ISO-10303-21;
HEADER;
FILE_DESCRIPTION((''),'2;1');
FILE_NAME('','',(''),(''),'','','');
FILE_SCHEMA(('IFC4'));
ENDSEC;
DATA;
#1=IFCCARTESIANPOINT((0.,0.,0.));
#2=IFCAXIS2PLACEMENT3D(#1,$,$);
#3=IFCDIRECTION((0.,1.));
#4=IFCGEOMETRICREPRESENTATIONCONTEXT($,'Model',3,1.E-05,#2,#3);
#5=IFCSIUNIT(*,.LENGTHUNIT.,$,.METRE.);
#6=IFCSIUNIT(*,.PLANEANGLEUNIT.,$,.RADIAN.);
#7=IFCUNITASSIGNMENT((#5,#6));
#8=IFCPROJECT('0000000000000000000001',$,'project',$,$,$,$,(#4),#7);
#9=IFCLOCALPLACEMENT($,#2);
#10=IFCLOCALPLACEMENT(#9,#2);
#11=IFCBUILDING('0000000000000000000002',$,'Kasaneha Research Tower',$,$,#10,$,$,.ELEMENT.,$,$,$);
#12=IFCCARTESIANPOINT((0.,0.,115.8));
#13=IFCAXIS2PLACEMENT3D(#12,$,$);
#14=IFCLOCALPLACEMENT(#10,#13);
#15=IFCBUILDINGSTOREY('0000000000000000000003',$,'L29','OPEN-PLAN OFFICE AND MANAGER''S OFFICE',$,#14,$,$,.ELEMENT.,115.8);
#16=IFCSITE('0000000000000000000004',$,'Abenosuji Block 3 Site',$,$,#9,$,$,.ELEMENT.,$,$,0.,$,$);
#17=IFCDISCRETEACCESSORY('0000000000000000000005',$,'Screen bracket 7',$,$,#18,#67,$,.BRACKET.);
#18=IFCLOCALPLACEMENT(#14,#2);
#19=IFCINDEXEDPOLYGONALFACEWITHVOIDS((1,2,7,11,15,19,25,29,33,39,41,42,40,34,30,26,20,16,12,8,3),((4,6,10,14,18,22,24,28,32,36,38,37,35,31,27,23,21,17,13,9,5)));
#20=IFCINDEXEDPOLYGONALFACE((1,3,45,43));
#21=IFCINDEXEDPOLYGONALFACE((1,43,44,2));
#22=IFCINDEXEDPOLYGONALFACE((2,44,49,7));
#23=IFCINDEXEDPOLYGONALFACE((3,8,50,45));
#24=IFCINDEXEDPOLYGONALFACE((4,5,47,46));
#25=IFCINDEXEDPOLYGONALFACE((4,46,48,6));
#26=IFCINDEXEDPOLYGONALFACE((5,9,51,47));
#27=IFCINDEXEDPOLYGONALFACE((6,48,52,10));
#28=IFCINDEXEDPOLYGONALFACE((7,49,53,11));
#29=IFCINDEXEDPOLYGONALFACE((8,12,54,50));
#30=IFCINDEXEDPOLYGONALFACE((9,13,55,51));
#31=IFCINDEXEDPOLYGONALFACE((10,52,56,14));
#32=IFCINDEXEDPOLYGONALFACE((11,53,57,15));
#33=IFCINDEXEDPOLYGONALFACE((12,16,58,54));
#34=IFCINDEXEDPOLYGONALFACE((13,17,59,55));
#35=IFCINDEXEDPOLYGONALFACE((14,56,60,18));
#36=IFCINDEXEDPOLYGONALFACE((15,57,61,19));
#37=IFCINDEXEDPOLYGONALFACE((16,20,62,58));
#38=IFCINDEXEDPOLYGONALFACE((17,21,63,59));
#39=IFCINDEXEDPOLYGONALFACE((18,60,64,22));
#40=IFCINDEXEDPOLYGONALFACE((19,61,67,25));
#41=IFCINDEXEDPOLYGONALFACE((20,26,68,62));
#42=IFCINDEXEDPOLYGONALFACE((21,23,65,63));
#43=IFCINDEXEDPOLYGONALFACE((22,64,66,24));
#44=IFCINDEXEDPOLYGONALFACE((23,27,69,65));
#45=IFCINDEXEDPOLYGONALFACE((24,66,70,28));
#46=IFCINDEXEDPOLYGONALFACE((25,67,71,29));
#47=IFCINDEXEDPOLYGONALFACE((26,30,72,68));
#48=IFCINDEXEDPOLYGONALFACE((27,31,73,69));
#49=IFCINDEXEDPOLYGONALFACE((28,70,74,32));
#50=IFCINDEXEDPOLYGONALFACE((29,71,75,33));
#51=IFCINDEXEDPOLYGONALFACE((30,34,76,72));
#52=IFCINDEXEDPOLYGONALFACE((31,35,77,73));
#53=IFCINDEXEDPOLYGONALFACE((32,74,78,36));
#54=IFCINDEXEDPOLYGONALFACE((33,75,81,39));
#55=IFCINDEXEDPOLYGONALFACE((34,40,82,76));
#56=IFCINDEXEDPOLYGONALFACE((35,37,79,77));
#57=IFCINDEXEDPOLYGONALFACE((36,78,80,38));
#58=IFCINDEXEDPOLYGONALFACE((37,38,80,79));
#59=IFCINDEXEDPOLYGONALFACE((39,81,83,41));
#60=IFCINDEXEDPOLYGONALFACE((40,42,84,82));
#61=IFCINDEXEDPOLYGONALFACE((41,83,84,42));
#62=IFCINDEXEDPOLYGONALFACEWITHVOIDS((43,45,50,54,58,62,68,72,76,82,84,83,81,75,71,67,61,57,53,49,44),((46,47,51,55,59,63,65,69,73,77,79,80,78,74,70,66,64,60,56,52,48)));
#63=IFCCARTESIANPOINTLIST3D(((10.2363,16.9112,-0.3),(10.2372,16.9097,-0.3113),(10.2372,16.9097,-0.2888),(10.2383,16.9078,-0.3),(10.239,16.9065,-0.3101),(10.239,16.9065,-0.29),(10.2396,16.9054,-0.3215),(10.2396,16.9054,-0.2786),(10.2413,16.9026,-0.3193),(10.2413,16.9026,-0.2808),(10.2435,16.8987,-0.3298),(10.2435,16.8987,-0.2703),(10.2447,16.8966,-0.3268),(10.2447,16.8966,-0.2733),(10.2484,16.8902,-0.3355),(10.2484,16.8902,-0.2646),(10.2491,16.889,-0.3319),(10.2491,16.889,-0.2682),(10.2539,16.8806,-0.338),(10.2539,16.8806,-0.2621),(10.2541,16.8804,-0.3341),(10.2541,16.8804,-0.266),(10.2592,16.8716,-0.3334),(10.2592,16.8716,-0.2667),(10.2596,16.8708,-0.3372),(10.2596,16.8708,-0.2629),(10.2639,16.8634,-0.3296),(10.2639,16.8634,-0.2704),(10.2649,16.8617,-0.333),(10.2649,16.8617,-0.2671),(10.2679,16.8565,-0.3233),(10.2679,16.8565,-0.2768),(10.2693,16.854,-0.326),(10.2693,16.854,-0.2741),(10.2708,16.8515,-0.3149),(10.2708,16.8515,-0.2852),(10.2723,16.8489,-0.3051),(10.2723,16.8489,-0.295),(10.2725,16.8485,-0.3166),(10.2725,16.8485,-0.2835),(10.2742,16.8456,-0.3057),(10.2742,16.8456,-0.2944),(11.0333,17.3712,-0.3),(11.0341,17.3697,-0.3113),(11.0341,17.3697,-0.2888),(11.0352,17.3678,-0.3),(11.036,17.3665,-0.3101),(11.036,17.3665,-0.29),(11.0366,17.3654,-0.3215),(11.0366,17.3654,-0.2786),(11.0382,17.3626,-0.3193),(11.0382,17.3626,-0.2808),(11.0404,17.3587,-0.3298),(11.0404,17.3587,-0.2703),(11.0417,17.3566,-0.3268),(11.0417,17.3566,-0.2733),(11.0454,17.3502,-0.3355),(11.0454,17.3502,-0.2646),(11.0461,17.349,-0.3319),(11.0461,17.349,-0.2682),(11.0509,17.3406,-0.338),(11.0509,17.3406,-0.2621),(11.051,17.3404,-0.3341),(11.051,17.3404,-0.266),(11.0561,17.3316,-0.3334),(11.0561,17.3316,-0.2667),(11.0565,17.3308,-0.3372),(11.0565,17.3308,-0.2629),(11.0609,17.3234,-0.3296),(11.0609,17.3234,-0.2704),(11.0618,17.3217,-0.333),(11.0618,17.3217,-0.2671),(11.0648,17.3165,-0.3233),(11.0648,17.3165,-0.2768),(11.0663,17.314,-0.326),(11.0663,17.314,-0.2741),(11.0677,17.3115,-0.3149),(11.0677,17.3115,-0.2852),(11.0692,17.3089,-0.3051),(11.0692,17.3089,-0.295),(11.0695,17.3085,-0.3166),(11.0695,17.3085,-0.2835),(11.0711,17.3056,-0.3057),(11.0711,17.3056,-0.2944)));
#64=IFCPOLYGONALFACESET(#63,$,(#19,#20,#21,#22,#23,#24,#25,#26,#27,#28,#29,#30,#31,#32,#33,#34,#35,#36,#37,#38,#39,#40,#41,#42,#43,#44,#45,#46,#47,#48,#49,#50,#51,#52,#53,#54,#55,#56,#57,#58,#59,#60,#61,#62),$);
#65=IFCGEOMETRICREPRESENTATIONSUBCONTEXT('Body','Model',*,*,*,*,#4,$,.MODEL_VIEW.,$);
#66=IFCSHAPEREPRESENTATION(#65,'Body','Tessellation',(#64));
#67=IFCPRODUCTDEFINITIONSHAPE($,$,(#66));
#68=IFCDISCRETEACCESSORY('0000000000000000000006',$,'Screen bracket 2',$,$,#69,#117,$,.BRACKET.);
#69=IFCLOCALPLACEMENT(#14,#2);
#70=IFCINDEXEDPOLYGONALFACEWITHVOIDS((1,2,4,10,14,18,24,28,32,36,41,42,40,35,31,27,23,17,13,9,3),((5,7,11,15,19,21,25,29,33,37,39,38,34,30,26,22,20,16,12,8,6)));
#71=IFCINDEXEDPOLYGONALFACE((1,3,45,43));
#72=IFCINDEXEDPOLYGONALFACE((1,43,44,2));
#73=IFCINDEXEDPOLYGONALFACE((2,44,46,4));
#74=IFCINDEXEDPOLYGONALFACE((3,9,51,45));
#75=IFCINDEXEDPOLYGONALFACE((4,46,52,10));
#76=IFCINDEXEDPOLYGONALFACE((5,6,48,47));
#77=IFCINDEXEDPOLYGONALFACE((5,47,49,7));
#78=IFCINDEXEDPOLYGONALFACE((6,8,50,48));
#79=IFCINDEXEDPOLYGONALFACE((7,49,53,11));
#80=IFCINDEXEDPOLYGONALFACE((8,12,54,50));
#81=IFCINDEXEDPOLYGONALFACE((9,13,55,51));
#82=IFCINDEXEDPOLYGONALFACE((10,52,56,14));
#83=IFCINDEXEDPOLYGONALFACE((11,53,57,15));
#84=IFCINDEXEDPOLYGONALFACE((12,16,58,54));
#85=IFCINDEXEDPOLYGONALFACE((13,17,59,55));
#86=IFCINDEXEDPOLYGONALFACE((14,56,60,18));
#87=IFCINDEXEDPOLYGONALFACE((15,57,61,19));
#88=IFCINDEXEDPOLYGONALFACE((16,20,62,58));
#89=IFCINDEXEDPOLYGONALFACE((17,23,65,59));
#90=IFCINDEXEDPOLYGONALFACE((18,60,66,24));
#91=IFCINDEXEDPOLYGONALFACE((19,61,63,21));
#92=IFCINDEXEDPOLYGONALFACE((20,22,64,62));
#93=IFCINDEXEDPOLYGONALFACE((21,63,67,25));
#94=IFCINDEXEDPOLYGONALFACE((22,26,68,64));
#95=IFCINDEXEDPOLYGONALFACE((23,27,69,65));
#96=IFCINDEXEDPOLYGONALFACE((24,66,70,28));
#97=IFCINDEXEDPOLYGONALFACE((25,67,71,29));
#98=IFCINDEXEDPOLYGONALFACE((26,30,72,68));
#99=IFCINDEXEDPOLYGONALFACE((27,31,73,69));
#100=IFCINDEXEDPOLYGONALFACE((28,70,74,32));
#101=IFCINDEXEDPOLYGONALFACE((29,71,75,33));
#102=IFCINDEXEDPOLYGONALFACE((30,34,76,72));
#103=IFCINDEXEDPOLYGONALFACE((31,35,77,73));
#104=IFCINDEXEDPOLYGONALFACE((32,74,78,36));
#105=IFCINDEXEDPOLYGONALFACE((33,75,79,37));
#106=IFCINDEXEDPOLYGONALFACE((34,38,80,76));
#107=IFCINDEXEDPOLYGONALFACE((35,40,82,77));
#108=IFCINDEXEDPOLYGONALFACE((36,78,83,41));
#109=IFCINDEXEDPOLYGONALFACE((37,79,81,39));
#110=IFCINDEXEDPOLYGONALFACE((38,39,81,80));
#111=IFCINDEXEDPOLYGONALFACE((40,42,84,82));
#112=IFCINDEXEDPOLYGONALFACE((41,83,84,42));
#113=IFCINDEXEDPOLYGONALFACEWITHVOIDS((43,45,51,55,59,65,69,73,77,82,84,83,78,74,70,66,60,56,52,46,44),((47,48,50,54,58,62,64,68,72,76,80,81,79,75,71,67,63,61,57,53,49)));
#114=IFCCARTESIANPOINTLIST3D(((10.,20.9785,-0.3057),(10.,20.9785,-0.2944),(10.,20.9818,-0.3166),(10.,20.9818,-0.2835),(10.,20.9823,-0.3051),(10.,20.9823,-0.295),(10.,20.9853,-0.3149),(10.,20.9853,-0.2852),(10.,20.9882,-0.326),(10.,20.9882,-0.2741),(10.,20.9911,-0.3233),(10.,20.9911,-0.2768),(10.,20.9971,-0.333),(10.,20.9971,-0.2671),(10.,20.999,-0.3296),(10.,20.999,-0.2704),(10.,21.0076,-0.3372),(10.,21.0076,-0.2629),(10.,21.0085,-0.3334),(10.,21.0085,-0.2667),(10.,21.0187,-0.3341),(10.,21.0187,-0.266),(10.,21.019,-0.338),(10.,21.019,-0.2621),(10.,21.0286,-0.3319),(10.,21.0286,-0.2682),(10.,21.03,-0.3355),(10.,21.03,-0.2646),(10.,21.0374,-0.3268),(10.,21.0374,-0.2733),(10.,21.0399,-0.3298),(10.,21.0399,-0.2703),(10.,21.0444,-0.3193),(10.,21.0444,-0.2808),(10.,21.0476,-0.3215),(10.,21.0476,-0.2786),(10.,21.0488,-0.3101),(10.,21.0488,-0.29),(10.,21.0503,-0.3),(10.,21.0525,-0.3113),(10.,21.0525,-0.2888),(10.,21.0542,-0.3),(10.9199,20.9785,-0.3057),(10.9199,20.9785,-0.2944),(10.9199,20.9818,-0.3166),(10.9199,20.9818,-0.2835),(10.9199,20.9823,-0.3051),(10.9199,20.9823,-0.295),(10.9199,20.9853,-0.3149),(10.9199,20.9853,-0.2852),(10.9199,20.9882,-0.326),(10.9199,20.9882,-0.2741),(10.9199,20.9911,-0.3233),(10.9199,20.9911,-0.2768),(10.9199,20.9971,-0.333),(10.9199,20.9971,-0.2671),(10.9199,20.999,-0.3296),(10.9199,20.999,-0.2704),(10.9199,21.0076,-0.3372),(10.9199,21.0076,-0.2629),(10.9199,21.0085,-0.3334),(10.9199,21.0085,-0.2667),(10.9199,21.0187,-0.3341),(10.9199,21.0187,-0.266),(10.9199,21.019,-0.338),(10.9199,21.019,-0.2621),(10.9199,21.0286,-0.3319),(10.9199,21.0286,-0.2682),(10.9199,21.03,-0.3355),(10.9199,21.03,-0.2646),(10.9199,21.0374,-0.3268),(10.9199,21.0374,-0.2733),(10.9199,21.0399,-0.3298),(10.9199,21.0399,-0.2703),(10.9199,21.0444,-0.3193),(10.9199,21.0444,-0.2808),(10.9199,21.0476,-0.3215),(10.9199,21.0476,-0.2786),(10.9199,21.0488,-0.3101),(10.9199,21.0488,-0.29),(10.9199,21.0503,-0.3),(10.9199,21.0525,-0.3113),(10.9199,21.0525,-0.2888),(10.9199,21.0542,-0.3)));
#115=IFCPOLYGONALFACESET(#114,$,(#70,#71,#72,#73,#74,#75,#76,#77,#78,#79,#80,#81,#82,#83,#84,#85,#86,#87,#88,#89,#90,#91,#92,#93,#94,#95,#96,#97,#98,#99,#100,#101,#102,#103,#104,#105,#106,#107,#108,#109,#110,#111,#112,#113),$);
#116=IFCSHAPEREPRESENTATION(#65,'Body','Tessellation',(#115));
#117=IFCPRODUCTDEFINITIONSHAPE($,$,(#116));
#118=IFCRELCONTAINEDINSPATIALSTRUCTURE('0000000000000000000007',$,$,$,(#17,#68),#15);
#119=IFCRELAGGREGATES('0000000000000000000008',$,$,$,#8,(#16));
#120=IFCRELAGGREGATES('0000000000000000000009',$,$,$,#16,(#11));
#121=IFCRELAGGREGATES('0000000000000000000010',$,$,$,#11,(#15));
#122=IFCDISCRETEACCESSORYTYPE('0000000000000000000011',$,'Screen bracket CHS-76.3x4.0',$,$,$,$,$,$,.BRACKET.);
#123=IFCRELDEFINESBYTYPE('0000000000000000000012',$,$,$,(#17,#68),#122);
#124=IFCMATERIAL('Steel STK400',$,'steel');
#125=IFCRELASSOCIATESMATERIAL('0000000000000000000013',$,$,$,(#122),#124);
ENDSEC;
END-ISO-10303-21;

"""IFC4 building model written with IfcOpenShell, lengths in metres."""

from ifc_helpers import new_model, si_unit, direction, frame, origin, origin_2d, place, context, subcontext, project, spatial, hollow_circle, extrude, material, material_profile, profile_set, type_object, element, save


model = new_model("IFC4")

# Units and contexts
model_context = context("Model", 3, precision=1e-05, world=origin(), true_north=direction((0.0, 1.0)))
body_context = subcontext(model_context, "Body", "Model", "MODEL_VIEW")
ifc_project = project(units=[si_unit("LENGTHUNIT", "METRE"), si_unit("PLANEANGLEUNIT", "RADIAN")], contexts=[model_context])

# Site, building, storey
site_placement = place(None, origin())
site = spatial("IfcSite", under=ifc_project, at=site_placement, Name="Abenosuji Block 3 Site", CompositionType="ELEMENT", RefElevation=0.0)
building_placement = place(site_placement, origin())
building = spatial("IfcBuilding", under=site, at=building_placement, Name="Kasaneha Research Tower", CompositionType="ELEMENT")
storey_placement = place(building_placement, frame((0.0, 0.0, 115.8)))
storey = spatial("IfcBuildingStorey", under=building, at=storey_placement, Name="L29", Description="OPEN-PLAN OFFICE AND MANAGER'S OFFICE", CompositionType="ELEMENT", Elevation=115.8)

# Discrete accessories
ifc_material_1 = material(Name="Steel STK400", Category="steel")
ifc_material_profile_1 = material_profile(ifc_material_1, hollow_circle(Radius=0.0381, WallThickness=0.0039, at=origin_2d()), Name="CHS-76.3x4.0")
ifc_profile_set_1 = profile_set([ifc_material_profile_1], Name="Steel STK400")
discrete_accessory_type = type_object("IfcDiscreteAccessoryType", Name="Screen bracket CHS-76.3x4.0", PredefinedType="BRACKET", material=ifc_profile_set_1)
discrete_accessory_1_placement = place(storey_placement, frame((10.2554, 16.8782, -0.3), z_axis=(0.86608, 0.499906, 0.0), x_axis=(-0.499906, 0.86608, 0.0)))
element("IfcDiscreteAccessory", 1, at=discrete_accessory_1_placement, inside=storey, type_object=discrete_accessory_type, Name="Screen bracket 7", PredefinedType="BRACKET", context=body_context, shape_type="SweptSolid", body=[
    extrude(hollow_circle(Radius=0.0381, WallThickness=0.0039, at=origin_2d()), origin(), (0.0, 0.0, 1.0), 0.9202),
])
discrete_accessory_2_placement = place(storey_placement, frame((10.0, 21.0161, -0.3), z_axis=(1.0, 0.0, 0.0), x_axis=(0.0, 1.0, 0.0)))
element("IfcDiscreteAccessory", 2, at=discrete_accessory_2_placement, inside=storey, type_object=discrete_accessory_type, Name="Screen bracket 2", PredefinedType="BRACKET", context=body_context, shape_type="SweptSolid", body=[
    extrude(hollow_circle(Radius=0.0381, WallThickness=0.0039, at=origin_2d()), origin(), (0.0, 0.0, 1.0), 0.9199),
])

save(model, "model.ifc")
